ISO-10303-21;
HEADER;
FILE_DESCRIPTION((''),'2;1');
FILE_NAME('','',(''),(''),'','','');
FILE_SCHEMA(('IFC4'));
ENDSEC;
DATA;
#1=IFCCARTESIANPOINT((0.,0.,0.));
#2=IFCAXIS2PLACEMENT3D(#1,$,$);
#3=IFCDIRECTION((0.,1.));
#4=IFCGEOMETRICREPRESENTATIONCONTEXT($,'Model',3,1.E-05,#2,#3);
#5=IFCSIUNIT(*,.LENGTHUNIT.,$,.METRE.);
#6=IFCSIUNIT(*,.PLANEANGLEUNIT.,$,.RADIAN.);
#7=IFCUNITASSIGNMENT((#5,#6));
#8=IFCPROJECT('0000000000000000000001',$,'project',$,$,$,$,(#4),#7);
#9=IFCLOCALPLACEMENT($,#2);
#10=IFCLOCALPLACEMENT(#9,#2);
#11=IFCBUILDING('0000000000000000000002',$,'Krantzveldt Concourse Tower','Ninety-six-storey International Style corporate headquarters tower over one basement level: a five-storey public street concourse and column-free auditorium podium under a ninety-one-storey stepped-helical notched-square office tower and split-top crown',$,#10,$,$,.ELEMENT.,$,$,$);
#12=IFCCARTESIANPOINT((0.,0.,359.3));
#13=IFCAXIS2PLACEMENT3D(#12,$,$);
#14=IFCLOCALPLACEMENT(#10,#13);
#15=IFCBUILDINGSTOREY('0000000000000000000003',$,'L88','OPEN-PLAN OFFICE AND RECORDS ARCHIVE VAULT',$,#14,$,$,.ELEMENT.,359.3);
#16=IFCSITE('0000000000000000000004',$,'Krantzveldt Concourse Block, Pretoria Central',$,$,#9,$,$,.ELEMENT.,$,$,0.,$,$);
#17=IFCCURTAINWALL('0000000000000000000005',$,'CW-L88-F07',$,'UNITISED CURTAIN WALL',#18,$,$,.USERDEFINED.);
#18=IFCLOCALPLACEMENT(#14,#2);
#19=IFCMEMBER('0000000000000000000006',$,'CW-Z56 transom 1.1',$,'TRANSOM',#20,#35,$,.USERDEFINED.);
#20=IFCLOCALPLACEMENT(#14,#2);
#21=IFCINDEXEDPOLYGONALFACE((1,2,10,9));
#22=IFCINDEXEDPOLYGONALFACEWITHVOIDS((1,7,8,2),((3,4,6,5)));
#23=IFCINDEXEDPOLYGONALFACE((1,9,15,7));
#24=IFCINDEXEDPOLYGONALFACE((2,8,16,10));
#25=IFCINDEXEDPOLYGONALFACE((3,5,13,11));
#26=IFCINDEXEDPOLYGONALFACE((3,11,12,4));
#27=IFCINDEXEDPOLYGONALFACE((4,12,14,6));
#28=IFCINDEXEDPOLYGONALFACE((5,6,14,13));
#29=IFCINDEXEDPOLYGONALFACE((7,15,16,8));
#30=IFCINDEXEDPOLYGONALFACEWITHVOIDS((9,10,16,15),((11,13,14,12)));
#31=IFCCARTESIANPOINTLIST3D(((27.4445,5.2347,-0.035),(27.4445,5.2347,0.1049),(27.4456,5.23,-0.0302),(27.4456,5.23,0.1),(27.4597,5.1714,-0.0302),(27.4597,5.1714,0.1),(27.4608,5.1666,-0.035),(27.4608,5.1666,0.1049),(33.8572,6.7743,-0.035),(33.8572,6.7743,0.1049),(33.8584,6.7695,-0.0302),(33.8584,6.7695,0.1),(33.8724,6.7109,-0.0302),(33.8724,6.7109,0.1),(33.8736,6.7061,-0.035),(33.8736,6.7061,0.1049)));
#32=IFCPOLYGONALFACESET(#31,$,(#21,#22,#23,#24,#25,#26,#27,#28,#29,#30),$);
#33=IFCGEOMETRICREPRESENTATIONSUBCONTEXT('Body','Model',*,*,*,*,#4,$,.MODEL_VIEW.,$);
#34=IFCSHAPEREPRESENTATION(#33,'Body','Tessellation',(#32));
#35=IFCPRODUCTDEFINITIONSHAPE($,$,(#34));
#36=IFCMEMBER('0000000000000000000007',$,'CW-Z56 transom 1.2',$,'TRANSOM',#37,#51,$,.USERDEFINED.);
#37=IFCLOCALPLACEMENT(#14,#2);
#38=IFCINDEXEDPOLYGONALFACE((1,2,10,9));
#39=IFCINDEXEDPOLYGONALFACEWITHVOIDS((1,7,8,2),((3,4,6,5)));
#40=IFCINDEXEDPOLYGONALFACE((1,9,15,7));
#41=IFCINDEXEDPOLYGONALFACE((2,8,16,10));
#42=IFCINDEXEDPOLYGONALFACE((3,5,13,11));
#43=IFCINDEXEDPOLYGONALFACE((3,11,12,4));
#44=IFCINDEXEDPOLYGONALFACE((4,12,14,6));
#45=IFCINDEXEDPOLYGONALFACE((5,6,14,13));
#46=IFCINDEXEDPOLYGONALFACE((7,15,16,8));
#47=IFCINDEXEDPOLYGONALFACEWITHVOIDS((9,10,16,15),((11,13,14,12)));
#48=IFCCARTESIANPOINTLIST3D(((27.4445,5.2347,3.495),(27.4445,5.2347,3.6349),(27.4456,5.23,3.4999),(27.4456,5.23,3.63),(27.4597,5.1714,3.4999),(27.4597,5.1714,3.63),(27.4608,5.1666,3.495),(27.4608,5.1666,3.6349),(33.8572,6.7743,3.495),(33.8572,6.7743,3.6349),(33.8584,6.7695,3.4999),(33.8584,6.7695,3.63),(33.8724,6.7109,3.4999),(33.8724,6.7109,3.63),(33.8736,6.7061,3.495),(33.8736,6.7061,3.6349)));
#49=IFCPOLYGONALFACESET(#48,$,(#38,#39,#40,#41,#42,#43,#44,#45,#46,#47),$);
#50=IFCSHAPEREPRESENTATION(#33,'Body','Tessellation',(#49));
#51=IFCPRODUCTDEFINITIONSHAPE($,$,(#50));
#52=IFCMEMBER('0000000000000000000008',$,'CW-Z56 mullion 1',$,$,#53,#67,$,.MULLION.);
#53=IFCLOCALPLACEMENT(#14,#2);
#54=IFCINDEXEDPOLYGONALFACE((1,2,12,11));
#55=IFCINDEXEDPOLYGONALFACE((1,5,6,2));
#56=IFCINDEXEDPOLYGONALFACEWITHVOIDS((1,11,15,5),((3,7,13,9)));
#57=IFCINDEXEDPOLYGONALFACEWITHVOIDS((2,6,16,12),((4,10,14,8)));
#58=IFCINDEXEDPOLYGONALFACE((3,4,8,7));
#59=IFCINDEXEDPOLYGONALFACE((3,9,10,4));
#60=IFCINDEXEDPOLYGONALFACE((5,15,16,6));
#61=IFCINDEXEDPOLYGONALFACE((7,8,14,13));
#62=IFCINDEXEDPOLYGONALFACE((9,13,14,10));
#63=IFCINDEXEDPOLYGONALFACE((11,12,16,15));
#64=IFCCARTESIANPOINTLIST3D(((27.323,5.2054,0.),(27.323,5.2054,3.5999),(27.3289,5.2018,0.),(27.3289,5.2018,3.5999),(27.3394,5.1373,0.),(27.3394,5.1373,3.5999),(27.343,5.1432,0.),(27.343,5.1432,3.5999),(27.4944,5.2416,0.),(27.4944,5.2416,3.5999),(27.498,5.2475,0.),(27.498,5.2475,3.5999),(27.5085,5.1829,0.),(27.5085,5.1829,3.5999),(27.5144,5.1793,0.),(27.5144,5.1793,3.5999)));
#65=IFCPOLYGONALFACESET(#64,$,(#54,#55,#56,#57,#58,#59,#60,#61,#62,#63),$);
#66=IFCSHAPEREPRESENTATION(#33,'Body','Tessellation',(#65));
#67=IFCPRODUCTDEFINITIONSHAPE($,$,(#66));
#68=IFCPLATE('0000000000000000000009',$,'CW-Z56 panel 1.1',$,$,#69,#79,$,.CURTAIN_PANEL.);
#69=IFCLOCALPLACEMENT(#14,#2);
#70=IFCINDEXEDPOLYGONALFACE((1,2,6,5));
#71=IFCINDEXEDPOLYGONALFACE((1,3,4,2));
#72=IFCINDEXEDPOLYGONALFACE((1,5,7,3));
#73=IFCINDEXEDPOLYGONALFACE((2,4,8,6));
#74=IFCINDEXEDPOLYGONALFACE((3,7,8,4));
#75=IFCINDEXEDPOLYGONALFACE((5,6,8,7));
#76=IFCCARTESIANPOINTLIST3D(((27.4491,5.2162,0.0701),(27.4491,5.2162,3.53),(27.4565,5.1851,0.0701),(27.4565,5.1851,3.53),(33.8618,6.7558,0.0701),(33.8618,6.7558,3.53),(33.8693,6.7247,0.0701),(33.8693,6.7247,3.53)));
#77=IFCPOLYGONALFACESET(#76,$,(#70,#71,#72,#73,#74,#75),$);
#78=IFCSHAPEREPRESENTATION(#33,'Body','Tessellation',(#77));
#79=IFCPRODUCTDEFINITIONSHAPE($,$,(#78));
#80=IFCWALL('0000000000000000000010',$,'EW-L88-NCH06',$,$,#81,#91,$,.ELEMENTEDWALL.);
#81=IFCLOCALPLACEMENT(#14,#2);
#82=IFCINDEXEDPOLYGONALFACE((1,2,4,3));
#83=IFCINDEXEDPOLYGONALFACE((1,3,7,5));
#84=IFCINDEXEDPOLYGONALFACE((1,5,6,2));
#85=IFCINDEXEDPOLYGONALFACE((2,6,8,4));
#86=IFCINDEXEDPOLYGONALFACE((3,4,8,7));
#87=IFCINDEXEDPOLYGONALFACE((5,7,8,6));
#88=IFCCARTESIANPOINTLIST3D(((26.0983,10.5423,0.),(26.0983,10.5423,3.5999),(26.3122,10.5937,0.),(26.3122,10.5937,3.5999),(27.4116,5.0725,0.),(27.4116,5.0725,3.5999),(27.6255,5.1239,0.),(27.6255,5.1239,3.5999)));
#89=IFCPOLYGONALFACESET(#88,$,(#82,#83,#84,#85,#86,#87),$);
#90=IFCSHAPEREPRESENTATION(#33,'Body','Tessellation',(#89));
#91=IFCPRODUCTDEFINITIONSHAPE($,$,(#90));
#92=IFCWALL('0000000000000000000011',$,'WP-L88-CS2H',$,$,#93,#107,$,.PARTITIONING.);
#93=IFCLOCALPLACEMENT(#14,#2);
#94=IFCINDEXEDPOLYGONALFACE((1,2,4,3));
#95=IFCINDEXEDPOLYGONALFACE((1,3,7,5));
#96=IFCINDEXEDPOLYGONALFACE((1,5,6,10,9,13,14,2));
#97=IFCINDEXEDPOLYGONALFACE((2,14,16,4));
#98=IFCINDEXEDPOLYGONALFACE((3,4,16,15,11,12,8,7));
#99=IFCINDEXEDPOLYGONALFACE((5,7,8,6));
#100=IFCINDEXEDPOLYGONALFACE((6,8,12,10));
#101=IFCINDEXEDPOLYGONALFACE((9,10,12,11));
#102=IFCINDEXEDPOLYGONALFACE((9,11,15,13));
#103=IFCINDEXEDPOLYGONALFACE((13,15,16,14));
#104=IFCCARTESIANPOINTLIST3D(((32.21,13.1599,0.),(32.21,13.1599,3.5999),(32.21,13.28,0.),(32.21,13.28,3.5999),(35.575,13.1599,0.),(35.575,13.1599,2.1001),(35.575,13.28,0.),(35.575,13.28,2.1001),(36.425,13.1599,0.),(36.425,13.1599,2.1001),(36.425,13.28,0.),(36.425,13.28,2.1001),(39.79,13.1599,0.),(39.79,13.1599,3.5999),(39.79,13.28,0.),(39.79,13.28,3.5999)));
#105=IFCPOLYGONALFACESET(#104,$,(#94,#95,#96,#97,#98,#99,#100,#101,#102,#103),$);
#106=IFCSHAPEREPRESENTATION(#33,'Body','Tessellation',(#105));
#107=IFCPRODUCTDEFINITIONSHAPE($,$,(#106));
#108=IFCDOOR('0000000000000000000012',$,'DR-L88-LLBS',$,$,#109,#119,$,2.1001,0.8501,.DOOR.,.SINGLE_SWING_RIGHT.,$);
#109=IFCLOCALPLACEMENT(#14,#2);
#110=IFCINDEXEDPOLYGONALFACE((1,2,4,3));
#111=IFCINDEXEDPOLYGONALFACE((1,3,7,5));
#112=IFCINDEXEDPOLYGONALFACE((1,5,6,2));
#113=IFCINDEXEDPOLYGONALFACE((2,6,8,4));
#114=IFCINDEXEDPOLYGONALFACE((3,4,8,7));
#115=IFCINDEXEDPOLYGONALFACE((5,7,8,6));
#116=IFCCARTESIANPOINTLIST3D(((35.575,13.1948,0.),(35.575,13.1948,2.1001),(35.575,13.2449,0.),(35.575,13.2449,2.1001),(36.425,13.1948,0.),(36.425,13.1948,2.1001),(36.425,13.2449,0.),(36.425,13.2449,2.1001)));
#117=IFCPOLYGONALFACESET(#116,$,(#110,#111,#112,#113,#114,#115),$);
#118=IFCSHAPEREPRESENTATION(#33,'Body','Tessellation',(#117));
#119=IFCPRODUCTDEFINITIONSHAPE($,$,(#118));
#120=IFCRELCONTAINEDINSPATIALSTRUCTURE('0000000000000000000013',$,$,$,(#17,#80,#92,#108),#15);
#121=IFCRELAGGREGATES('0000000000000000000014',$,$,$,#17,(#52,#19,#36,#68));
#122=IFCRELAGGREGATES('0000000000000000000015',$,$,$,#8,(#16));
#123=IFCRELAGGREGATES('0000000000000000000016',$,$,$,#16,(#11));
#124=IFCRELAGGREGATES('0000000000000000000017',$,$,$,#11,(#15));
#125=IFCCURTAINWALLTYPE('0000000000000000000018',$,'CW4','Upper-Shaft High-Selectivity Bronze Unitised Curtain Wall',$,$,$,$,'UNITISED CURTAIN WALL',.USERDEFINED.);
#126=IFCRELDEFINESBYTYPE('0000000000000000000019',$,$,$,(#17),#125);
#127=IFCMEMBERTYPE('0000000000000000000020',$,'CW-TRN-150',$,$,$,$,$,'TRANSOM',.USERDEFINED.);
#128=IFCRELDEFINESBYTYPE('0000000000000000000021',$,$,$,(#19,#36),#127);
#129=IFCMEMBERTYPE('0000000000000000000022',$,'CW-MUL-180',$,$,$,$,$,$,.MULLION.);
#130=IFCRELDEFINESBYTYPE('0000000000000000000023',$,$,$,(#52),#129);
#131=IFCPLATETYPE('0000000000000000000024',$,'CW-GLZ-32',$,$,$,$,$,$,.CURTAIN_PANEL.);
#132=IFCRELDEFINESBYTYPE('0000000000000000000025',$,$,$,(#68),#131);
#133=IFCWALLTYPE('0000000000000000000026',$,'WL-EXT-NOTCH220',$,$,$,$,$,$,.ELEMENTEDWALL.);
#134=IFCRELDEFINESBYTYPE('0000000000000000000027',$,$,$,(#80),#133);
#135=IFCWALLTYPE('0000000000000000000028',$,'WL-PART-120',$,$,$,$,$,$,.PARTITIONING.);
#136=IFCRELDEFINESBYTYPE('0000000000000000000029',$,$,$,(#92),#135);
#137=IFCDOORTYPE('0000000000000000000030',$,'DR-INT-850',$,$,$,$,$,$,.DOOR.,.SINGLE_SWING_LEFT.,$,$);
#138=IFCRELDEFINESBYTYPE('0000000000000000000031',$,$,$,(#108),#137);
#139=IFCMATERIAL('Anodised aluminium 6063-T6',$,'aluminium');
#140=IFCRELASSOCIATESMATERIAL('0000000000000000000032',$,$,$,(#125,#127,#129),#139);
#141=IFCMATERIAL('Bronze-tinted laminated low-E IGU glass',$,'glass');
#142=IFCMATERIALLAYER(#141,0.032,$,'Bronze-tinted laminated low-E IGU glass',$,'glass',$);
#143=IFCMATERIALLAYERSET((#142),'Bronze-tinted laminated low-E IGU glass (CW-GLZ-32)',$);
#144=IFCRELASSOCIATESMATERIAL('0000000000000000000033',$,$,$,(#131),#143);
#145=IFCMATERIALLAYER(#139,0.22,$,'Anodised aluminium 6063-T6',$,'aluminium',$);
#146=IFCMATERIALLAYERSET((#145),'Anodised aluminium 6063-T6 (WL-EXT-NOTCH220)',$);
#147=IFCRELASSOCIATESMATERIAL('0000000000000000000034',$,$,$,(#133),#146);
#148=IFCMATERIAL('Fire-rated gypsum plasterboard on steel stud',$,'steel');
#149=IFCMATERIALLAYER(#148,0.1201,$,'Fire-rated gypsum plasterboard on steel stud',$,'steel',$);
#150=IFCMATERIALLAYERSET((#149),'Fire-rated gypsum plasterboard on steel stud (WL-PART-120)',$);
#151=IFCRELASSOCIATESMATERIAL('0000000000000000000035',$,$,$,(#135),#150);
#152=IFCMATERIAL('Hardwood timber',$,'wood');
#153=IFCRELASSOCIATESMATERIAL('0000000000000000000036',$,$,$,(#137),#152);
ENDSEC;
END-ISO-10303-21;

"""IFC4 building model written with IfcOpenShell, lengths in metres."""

from ifc_helpers import new_model, si_unit, direction, frame, frame_2d, origin, origin_2d, place, context, subcontext, project, spatial, rectangle, hollow_rectangle, extrude, source, transform, mapped, material, layer, layer_set, material_profile, profile_set, type_object, type_shapes, element, fill, aggregate, save


model = new_model("IFC4")

# Units and contexts
model_context = context("Model", 3, precision=1e-05, world=origin(), true_north=direction((0.0, 1.0)))
body_context = subcontext(model_context, "Body", "Model", "MODEL_VIEW")
ifc_project = project(units=[si_unit("LENGTHUNIT", "METRE"), si_unit("PLANEANGLEUNIT", "RADIAN")], contexts=[model_context])

# Site, building, storey
site_placement = place(None, origin())
site = spatial("IfcSite", under=ifc_project, at=site_placement, Name="Krantzveldt Concourse Block, Pretoria Central", CompositionType="ELEMENT", RefElevation=0.0)
building_placement = place(site_placement, origin())
building = spatial("IfcBuilding", under=site, at=building_placement, Name="Krantzveldt Concourse Tower", Description="Ninety-six-storey International Style corporate headquarters tower over one basement level: a five-storey public street concourse and column-free auditorium podium under a ninety-one-storey stepped-helical notched-square office tower and split-top crown", CompositionType="ELEMENT")
storey_placement = place(building_placement, frame((0.0, 0.0, 359.3)))
storey = spatial("IfcBuildingStorey", under=building, at=storey_placement, Name="L88", Description="OPEN-PLAN OFFICE AND RECORDS ARCHIVE VAULT", CompositionType="ELEMENT", Elevation=359.3)

# Curtain wall, members, plate
ifc_material_1 = material(Name="Anodised aluminium 6063-T6", Category="aluminium")
curtain_wall_type = type_object("IfcCurtainWallType", Name="CW4", Description="Upper-Shaft High-Selectivity Bronze Unitised Curtain Wall", ElementType="UNITISED CURTAIN WALL", PredefinedType="USERDEFINED", material=ifc_material_1)
curtain_wall_placement = place(storey_placement, origin())
curtain_wall = element("IfcCurtainWall", 1, at=curtain_wall_placement, inside=storey, type_object=curtain_wall_type, Name="CW-L88-F07", ObjectType="UNITISED CURTAIN WALL", PredefinedType="USERDEFINED")
ifc_material_profile_1 = material_profile(ifc_material_1, hollow_rectangle(XDim=0.0701, YDim=0.1399, WallThickness=0.0049, at=origin_2d()), Name="Anodised aluminium 6063-T6", Category="aluminium")
ifc_profile_set_1 = profile_set([ifc_material_profile_1], Name="Anodised aluminium 6063-T6 - ALU-TRAN 140x70x5")
member_type_1 = type_object("IfcMemberType", Name="CW-TRN-150", ElementType="TRANSOM", PredefinedType="USERDEFINED", material=ifc_profile_set_1)
shared_shape_1 = source(origin(), body_context, "Body", "SweptSolid", [
    extrude(hollow_rectangle(XDim=0.0701, YDim=0.1399, WallThickness=0.0049, at=origin_2d()), origin(), (0.0, 0.0, 1.0), 6.595),
])
type_shapes(member_type_1, [shared_shape_1])
member_1_placement = place(storey_placement, frame((27.4526, 5.2007, 0.0349), z_axis=(0.972371, 0.23344, 0.0), x_axis=(-0.23344, 0.972371, 0.0)))
member_1 = element("IfcMember", 2, at=member_1_placement, type_object=member_type_1, Name="CW-Z56 transom 1.1", ObjectType="TRANSOM", PredefinedType="USERDEFINED", context=body_context, shape_type="MappedRepresentation", body=[
    mapped(shared_shape_1, transform((0.0, 0.0, 0.0), x_axis=(1.0, 0.0, 0.0), y_axis=(0.0, 1.0, 0.0), z_axis=(0.0, 0.0, 1.0), scale=1.0)),
])
member_2_placement = place(storey_placement, frame((27.4526, 5.2007, 3.5649), z_axis=(0.972371, 0.23344, 0.0), x_axis=(-0.23344, 0.972371, 0.0)))
member_2 = element("IfcMember", 3, at=member_2_placement, type_object=member_type_1, Name="CW-Z56 transom 1.2", ObjectType="TRANSOM", PredefinedType="USERDEFINED", context=body_context, shape_type="MappedRepresentation", body=[
    mapped(shared_shape_1, transform((0.0, 0.0, 0.0), x_axis=(1.0, 0.0, 0.0), y_axis=(0.0, 1.0, 0.0), z_axis=(0.0, 0.0, 1.0), scale=1.0)),
])
ifc_material_profile_2 = material_profile(ifc_material_1, hollow_rectangle(XDim=0.0701, YDim=0.1799, WallThickness=0.0049, at=origin_2d()), Name="Anodised aluminium 6063-T6", Category="aluminium")
ifc_profile_set_2 = profile_set([ifc_material_profile_2], Name="Anodised aluminium 6063-T6 - ALU-MULL 180x70x5")
member_type_2 = type_object("IfcMemberType", Name="CW-MUL-180", PredefinedType="MULLION", material=ifc_profile_set_2)
shared_shape_2 = source(origin(), body_context, "Body", "SweptSolid", [
    extrude(hollow_rectangle(XDim=0.0701, YDim=0.1799, WallThickness=0.0049, at=origin_2d()), origin(), (0.0, 0.0, 1.0), 3.5999),
])
type_shapes(member_type_2, [shared_shape_2])
member_3_placement = place(storey_placement, frame((27.4187, 5.1924, 0.0), z_axis=(0.0, 0.0, 1.0), x_axis=(-0.233445, 0.97237, 0.0)))
member_3 = element("IfcMember", 4, at=member_3_placement, type_object=member_type_2, Name="CW-Z56 mullion 1", PredefinedType="MULLION", context=body_context, shape_type="MappedRepresentation", body=[
    mapped(shared_shape_2, transform((0.0, 0.0, 0.0), x_axis=(1.0, 0.0, 0.0), y_axis=(0.0, 1.0, 0.0), z_axis=(0.0, 0.0, 1.0), scale=1.0)),
])
ifc_material_2 = material(Name="Bronze-tinted laminated low-E IGU glass", Category="glass")
ifc_layer_1 = layer(ifc_material_2, 0.032, Name="Bronze-tinted laminated low-E IGU glass", Category="glass")
ifc_layer_set_1 = layer_set([ifc_layer_1], Name="Bronze-tinted laminated low-E IGU glass (CW-GLZ-32)")
plate_type = type_object("IfcPlateType", Name="CW-GLZ-32", PredefinedType="CURTAIN_PANEL", material=ifc_layer_set_1)
shared_shape_3 = source(origin(), body_context, "Body", "SweptSolid", [
    extrude(rectangle(XDim=6.595, YDim=0.032, at=origin_2d()), origin(), (0.0, 0.0, 1.0), 3.46),
])
type_shapes(plate_type, [shared_shape_3])
plate_placement = place(storey_placement, frame((30.6592, 5.9705, 0.0701), z_axis=(0.0, 0.0, 1.0), x_axis=(0.97237, 0.233445, 0.0)))
plate = element("IfcPlate", 5, at=plate_placement, type_object=plate_type, Name="CW-Z56 panel 1.1", PredefinedType="CURTAIN_PANEL", context=body_context, shape_type="MappedRepresentation", body=[
    mapped(shared_shape_3, transform((0.0, 0.0, 0.0), x_axis=(1.0, 0.0, 0.0), y_axis=(0.0, 1.0, 0.0), z_axis=(0.0, 0.0, 1.0), scale=1.0)),
])
aggregate(curtain_wall, [member_3, member_1, member_2, plate])

# Wall
ifc_layer_2 = layer(ifc_material_1, 0.22, Name="Anodised aluminium 6063-T6", Category="aluminium")
ifc_layer_set_2 = layer_set([ifc_layer_2], Name="Anodised aluminium 6063-T6 (WL-EXT-NOTCH220)")
wall_type_1 = type_object("IfcWallType", Name="WL-EXT-NOTCH220", PredefinedType="ELEMENTEDWALL", material=ifc_layer_set_2)
wall_1_placement = place(storey_placement, frame((26.2053, 10.5679, 0.0), z_axis=(0.0, 0.0, 1.0), x_axis=(0.233457, -0.972367, 0.0)))
element("IfcWall", 6, at=wall_1_placement, inside=storey, type_object=wall_type_1, Name="EW-L88-NCH06", PredefinedType="ELEMENTEDWALL", context=body_context, shape_type="SweptSolid", body=[
    extrude(rectangle(XDim=5.6252, YDim=0.22, at=frame_2d((2.8125, 0.0))), origin(), (0.0, 0.0, 1.0), 3.5999),
])

# Wall, opening, door
ifc_material_3 = material(Name="Fire-rated gypsum plasterboard on steel stud", Category="steel")
ifc_layer_3 = layer(ifc_material_3, 0.1201, Name="Fire-rated gypsum plasterboard on steel stud", Category="steel")
ifc_layer_set_3 = layer_set([ifc_layer_3], Name="Fire-rated gypsum plasterboard on steel stud (WL-PART-120)")
wall_type_2 = type_object("IfcWallType", Name="WL-PART-120", PredefinedType="PARTITIONING", material=ifc_layer_set_3)
wall_2_placement = place(storey_placement, frame((32.21, 13.22, 0.0), z_axis=(0.0, 0.0, 1.0), x_axis=(1.0, 0.0, 0.0)))
wall_2 = element("IfcWall", 7, at=wall_2_placement, inside=storey, type_object=wall_type_2, Name="WP-L88-CS2H", PredefinedType="PARTITIONING", context=body_context, shape_type="SweptSolid", body=[
    extrude(rectangle(XDim=7.5801, YDim=0.1201, at=frame_2d((3.79, 0.0))), origin(), (0.0, 0.0, 1.0), 3.5999),
])
opening_1_placement = place(wall_2_placement, frame((3.365, 0.0, 0.0)))
opening_1 = element("IfcOpeningElement", 8, at=opening_1_placement, cuts=wall_2, PredefinedType="OPENING", context=body_context, shape_type="SweptSolid", body=[
    extrude(rectangle(XDim=0.8501, YDim=2.1001, at=frame_2d((0.425, 1.05))), frame((0.0, 0.0701, 0.0), z_axis=(0.0, -1.0, 0.0), x_axis=(1.0, 0.0, 0.0)), (0.0, 0.0, 1.0), 0.1401),
])
ifc_material_4 = material(Name="Hardwood timber", Category="wood")
door_type_1 = type_object("IfcDoorType", Name="DR-INT-850", OperationType="SINGLE_SWING_LEFT", PredefinedType="DOOR", material=ifc_material_4)
door_1_placement = place(opening_1_placement, origin())
door_1 = element("IfcDoor", 9, at=door_1_placement, inside=storey, type_object=door_type_1, Name="DR-L88-LLBS", OperationType="SINGLE_SWING_RIGHT", OverallHeight=2.1001, OverallWidth=0.8501, PredefinedType="DOOR", context=body_context, shape_type="SweptSolid", body=[
    extrude(rectangle(XDim=0.8501, YDim=2.1001, at=frame_2d((0.425, 1.05))), frame((0.0, 0.0249, 0.0), z_axis=(0.0, -1.0, 0.0), x_axis=(1.0, 0.0, 0.0)), (0.0, 0.0, 1.0), 0.05),
])
fill(opening_1, door_1)

save(model, "model.ifc")
